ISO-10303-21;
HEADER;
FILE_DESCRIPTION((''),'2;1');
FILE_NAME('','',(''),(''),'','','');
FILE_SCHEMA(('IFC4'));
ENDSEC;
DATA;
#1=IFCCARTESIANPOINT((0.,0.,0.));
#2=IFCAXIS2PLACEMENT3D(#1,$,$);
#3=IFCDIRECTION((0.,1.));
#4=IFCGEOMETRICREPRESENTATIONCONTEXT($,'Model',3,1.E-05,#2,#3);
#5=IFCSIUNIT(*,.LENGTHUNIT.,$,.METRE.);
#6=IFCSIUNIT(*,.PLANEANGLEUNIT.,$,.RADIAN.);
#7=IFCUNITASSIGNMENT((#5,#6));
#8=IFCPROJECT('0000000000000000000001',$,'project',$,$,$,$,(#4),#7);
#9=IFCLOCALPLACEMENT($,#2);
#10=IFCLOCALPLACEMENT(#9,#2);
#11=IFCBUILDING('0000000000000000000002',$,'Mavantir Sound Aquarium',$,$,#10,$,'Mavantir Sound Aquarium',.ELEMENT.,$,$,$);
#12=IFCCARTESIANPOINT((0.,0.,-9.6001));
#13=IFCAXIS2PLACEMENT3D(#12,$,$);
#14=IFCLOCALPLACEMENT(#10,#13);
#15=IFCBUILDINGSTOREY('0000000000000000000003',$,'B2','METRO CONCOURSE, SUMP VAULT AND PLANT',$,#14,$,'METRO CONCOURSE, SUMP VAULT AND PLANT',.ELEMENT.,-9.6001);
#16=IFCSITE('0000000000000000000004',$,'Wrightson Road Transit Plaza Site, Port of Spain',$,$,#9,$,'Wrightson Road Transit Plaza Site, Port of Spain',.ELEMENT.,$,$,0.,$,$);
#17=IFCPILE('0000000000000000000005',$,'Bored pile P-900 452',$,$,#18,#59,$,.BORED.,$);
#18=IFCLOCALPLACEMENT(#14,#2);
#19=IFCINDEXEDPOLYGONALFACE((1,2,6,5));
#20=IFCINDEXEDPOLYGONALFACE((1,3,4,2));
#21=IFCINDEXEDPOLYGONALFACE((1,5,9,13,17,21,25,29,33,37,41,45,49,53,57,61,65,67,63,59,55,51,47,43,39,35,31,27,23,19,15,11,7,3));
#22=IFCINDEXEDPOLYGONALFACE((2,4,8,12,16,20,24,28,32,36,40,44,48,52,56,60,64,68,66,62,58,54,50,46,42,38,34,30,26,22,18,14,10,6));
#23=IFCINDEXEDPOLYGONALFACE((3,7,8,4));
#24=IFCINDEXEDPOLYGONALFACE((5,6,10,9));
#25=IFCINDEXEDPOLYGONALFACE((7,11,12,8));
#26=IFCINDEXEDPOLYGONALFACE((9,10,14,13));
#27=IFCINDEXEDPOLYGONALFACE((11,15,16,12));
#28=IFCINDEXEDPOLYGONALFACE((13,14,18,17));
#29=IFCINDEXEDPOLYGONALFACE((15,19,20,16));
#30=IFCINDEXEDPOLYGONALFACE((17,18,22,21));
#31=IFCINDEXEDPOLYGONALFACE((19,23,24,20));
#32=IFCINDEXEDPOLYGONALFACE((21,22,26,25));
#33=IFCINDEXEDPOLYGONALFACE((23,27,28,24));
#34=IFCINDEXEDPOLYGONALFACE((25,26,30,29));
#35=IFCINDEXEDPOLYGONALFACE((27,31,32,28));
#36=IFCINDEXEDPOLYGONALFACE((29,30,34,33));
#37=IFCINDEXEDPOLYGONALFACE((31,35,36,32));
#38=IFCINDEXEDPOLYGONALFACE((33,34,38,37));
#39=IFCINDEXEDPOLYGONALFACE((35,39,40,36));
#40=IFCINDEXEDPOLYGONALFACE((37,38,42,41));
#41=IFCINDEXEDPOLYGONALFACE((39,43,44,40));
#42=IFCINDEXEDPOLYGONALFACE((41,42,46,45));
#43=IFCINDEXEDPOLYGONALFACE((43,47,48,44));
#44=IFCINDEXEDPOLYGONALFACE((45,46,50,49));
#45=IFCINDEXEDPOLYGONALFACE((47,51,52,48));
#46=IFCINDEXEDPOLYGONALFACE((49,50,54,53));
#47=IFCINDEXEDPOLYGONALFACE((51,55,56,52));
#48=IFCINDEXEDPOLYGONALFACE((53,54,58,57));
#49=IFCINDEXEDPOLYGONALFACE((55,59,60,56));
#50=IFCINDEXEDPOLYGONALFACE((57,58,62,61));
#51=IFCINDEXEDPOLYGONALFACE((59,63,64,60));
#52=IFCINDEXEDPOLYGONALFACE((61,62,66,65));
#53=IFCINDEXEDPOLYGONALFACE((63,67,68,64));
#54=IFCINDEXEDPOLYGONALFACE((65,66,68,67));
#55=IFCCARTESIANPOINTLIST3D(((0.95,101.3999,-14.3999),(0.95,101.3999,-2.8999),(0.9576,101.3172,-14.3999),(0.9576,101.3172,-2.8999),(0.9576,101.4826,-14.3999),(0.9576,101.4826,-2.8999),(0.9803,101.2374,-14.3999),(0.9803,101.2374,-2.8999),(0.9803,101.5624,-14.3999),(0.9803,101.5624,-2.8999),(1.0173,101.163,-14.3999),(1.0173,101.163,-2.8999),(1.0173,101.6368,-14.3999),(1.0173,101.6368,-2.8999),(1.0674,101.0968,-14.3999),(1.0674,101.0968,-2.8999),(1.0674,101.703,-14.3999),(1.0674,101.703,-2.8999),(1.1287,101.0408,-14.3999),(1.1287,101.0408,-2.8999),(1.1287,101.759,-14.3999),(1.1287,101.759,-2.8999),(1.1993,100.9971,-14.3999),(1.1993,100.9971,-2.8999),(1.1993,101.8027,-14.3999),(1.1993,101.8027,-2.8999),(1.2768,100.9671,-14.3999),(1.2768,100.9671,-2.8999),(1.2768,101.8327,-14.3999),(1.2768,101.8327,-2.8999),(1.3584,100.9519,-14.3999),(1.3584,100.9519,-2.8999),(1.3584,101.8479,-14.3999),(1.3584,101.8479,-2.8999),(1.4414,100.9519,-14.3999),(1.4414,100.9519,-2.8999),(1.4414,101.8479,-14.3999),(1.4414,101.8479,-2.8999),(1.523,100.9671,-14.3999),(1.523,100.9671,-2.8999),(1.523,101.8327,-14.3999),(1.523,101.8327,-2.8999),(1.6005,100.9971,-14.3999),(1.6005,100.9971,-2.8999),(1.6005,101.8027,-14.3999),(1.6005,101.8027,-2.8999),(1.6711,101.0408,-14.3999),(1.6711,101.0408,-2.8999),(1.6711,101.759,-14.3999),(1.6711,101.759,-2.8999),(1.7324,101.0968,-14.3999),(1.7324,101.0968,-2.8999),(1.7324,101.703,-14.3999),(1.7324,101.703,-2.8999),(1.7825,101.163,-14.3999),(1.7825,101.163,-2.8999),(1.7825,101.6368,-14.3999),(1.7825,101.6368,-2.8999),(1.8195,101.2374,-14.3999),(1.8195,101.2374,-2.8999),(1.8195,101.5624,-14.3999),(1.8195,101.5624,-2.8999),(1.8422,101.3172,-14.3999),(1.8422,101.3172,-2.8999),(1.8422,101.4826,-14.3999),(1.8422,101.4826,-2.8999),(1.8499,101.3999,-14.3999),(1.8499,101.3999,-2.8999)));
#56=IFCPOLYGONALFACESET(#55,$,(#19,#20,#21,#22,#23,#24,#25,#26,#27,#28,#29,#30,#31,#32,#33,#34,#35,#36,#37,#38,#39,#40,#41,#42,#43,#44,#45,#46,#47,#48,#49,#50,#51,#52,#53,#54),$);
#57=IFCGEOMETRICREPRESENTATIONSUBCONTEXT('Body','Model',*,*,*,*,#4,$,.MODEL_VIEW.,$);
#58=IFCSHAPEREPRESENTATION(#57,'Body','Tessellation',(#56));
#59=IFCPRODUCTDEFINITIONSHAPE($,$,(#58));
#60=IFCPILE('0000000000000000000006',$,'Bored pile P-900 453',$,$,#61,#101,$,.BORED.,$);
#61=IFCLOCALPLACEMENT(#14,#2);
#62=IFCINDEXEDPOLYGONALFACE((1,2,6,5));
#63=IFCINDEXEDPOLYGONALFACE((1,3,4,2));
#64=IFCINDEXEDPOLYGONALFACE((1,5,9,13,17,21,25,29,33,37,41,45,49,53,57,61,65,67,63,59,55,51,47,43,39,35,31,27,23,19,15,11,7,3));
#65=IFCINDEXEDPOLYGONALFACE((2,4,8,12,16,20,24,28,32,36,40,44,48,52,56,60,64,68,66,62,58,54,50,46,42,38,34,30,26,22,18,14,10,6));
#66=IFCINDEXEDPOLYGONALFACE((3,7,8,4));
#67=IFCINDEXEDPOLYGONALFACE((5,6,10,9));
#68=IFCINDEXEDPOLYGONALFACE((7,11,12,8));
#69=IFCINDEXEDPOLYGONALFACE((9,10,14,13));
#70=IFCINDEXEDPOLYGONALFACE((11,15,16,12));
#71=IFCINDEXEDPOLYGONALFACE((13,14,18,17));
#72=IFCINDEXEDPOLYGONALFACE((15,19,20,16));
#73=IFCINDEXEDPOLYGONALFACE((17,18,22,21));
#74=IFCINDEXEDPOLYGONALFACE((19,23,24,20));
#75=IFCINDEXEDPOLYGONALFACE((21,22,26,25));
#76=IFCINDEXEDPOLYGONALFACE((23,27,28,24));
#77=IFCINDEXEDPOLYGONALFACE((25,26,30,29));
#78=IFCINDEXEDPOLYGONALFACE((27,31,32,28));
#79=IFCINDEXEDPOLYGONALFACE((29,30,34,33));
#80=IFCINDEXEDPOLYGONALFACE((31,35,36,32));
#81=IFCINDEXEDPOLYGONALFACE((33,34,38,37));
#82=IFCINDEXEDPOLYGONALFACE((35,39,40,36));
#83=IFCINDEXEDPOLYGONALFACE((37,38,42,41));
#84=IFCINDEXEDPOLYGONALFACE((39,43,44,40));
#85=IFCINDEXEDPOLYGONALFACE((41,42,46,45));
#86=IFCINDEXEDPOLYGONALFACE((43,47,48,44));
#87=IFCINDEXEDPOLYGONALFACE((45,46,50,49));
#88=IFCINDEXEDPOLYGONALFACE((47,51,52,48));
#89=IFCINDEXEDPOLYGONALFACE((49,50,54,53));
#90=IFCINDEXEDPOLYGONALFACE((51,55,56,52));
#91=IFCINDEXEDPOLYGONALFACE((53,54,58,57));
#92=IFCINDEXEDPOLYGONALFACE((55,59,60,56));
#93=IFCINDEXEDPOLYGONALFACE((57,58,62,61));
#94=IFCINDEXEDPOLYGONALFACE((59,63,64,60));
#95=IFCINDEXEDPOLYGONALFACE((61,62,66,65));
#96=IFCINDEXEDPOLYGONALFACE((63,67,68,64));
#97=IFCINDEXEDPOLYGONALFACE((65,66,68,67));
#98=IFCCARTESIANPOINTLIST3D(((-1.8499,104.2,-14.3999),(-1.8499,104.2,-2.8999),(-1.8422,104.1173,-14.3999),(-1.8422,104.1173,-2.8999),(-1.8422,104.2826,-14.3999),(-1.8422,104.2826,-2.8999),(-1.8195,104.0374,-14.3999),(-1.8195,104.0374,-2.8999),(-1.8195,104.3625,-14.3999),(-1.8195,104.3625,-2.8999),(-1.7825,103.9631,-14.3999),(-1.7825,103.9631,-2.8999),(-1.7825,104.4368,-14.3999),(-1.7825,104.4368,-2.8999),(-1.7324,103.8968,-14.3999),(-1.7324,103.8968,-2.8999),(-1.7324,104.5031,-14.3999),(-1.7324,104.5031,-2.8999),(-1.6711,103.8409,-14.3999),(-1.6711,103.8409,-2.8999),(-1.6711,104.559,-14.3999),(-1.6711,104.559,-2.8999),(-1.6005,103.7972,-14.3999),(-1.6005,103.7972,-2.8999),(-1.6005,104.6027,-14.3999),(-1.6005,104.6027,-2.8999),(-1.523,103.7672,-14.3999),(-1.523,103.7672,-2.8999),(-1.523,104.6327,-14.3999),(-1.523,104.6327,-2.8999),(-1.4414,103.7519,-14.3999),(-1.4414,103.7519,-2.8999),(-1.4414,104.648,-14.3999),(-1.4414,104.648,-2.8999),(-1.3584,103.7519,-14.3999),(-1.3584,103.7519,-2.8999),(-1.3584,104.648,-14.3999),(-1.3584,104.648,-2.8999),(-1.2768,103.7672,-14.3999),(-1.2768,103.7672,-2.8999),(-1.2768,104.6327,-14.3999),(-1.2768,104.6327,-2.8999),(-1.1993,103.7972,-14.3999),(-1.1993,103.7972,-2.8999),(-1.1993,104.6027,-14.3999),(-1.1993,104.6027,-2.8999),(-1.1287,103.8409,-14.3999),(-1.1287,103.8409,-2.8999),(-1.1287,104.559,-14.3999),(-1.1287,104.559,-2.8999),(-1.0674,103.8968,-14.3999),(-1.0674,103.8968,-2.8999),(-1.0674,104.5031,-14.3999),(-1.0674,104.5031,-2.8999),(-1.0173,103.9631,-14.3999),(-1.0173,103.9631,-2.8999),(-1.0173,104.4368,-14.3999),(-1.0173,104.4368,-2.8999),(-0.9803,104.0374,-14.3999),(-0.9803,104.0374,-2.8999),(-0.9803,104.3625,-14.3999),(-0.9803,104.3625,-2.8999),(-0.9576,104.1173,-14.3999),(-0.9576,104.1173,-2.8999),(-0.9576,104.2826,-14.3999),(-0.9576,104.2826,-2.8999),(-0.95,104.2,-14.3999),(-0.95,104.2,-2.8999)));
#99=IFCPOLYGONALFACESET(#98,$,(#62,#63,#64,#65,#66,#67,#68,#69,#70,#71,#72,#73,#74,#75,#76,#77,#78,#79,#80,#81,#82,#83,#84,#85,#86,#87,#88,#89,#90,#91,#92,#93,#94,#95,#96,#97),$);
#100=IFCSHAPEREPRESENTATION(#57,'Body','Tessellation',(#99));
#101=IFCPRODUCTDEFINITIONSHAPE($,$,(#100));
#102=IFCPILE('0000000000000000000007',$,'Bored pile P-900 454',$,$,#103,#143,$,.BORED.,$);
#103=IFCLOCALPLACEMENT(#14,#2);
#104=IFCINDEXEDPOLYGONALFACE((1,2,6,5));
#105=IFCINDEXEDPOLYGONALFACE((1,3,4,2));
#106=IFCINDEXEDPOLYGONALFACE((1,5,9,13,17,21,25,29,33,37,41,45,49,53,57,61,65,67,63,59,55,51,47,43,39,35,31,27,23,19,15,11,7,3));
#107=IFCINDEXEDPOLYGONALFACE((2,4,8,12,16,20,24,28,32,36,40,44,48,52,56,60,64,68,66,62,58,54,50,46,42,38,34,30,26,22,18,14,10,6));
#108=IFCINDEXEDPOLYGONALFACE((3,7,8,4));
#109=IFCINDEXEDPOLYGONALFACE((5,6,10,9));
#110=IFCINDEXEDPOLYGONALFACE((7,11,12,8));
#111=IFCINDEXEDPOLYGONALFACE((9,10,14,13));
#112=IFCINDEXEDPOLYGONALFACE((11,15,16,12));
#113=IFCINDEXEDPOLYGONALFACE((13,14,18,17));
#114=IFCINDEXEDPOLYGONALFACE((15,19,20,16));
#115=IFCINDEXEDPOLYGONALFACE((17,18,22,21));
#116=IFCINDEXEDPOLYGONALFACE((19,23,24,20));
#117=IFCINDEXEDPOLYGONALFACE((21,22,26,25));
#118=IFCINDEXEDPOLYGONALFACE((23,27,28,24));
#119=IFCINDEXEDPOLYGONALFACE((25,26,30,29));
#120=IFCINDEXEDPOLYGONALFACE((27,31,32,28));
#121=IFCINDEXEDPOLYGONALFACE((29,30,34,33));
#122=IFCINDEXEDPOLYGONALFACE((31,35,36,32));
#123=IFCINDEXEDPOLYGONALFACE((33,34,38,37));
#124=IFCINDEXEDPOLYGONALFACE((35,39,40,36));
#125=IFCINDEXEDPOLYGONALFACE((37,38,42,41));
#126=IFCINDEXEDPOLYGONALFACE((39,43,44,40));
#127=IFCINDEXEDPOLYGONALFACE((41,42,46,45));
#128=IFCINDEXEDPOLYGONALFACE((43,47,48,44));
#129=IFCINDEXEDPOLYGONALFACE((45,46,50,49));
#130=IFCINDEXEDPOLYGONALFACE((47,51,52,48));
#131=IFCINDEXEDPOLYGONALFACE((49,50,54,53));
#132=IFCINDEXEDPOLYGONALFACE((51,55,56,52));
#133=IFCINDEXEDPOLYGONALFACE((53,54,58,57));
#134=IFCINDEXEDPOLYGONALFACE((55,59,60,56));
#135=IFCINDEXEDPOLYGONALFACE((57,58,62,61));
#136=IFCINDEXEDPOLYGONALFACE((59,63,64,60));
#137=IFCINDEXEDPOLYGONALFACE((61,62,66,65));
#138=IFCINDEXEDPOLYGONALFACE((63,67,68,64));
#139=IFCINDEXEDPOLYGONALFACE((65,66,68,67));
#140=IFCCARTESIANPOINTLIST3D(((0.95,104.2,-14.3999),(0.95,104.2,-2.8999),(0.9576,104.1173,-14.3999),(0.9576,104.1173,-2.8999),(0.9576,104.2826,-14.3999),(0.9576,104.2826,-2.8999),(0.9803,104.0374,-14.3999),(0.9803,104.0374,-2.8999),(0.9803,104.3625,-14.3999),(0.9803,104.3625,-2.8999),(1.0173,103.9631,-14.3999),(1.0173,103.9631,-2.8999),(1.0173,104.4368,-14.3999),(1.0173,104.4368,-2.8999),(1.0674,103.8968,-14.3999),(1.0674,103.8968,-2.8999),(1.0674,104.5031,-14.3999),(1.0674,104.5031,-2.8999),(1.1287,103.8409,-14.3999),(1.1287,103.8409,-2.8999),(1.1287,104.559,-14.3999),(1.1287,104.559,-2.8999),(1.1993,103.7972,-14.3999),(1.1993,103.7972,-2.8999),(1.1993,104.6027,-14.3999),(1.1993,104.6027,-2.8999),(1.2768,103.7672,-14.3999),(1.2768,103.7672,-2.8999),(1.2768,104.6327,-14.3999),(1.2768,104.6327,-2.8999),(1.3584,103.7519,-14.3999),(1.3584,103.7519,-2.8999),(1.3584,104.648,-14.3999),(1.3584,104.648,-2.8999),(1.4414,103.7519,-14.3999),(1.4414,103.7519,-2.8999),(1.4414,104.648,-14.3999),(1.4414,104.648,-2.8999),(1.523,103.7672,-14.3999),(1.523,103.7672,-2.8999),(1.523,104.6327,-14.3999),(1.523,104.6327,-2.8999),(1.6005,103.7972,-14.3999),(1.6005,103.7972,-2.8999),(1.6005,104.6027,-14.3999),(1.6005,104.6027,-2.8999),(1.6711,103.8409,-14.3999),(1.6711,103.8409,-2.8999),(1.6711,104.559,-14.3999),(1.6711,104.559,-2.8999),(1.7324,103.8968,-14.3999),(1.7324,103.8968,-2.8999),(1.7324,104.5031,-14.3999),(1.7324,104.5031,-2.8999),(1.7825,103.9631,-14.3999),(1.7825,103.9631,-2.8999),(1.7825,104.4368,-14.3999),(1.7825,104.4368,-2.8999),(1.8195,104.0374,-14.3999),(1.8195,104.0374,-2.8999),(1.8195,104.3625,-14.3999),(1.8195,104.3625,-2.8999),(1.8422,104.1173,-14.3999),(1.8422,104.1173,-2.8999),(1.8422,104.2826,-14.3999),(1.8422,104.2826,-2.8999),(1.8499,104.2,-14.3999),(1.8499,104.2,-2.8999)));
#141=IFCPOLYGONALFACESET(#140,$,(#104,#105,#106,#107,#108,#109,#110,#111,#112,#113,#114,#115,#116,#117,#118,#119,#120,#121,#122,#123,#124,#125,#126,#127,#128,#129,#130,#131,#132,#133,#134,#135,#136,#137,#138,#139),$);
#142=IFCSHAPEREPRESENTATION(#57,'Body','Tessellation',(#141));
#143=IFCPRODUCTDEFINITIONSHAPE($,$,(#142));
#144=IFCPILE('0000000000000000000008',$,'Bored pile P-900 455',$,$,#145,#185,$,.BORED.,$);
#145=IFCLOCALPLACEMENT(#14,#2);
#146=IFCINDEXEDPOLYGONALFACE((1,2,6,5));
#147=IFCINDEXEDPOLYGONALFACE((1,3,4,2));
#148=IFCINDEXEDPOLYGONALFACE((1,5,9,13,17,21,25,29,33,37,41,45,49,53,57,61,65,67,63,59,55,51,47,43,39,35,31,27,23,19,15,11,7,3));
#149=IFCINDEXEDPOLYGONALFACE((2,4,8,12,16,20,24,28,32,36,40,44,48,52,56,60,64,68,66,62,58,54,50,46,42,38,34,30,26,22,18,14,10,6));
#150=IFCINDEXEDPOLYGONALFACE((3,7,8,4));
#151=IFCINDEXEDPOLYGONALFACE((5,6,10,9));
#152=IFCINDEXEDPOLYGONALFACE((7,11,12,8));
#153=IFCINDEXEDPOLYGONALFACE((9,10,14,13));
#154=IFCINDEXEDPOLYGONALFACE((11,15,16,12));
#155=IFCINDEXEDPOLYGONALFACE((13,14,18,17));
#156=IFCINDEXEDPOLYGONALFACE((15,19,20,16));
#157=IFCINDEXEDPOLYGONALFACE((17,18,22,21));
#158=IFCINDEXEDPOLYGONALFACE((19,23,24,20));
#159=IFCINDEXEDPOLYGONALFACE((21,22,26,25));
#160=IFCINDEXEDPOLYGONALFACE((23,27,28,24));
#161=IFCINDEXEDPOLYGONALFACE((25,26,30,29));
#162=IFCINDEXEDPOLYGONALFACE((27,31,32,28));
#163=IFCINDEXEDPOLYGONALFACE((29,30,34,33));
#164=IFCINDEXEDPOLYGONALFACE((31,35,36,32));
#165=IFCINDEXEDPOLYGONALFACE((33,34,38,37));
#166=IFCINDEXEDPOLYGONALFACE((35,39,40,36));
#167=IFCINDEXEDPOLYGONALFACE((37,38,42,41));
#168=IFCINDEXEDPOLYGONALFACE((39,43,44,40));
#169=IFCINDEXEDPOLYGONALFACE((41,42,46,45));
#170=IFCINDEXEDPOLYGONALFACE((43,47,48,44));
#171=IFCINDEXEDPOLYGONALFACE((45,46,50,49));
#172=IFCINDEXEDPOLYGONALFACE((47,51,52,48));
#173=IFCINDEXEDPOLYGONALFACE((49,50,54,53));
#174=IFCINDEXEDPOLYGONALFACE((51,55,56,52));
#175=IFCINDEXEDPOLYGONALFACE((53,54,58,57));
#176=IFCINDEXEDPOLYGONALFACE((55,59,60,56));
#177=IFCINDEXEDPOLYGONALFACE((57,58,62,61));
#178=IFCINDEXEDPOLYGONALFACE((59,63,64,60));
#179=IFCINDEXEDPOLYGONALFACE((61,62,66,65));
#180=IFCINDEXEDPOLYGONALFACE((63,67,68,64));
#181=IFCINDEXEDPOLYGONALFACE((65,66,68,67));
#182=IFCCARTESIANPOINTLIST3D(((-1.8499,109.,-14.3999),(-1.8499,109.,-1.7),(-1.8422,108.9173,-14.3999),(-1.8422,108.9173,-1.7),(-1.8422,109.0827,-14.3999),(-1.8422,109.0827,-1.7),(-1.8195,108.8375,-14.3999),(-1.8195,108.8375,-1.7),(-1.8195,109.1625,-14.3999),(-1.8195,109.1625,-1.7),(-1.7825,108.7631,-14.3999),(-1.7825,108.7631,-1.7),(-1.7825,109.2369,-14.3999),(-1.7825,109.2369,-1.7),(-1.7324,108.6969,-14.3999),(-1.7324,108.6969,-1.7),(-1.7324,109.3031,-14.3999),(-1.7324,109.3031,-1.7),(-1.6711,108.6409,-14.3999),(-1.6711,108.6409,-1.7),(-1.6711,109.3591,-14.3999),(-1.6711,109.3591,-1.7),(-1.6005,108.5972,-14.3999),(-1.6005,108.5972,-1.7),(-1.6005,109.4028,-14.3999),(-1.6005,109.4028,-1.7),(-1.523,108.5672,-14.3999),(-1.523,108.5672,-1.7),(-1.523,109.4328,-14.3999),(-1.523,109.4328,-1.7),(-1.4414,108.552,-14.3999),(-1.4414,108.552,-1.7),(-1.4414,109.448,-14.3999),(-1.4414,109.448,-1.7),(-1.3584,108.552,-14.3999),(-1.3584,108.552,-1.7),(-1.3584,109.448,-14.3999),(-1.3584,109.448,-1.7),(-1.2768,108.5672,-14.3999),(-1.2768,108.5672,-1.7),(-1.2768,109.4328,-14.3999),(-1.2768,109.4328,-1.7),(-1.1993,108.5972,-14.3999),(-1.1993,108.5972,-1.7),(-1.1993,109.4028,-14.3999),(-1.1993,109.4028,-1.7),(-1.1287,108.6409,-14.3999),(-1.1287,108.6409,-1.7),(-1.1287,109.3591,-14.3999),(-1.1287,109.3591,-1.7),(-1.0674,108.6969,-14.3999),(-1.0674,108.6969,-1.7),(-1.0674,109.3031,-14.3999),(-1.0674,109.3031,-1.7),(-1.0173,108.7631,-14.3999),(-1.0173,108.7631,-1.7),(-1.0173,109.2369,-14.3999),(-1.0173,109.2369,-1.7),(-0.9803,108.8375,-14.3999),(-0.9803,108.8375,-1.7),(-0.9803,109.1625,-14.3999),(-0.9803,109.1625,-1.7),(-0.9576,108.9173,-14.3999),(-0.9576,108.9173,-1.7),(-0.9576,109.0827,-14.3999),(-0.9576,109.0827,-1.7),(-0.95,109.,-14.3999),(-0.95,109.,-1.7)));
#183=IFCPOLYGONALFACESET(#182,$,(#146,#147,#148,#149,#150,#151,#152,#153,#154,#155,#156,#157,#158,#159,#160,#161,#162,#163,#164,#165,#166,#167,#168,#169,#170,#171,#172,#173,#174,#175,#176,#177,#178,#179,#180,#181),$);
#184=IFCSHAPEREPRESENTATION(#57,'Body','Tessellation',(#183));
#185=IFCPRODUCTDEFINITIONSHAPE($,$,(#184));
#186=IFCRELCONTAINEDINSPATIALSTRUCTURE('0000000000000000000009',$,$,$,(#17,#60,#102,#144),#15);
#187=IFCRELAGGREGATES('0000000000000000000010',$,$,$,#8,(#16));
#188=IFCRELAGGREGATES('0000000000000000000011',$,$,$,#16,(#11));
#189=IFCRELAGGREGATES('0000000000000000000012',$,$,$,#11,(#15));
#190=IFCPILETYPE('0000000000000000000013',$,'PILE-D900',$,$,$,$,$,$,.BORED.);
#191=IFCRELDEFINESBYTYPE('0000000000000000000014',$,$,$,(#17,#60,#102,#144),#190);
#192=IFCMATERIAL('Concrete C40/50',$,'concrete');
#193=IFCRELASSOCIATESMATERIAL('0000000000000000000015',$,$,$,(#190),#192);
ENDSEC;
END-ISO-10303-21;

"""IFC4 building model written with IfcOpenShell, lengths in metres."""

from ifc_helpers import new_model, si_unit, direction, frame, origin, origin_2d, place, context, subcontext, project, spatial, circle, extrude, material, material_profile, profile_set, type_object, element, save


model = new_model("IFC4")

# Units and contexts
model_context = context("Model", 3, precision=1e-05, world=origin(), true_north=direction((0.0, 1.0)))
body_context = subcontext(model_context, "Body", "Model", "MODEL_VIEW")
ifc_project = project(units=[si_unit("LENGTHUNIT", "METRE"), si_unit("PLANEANGLEUNIT", "RADIAN")], contexts=[model_context])

# Site, building, storey
site_placement = place(None, origin())
site = spatial("IfcSite", under=ifc_project, at=site_placement, Name="Wrightson Road Transit Plaza Site, Port of Spain", LongName="Wrightson Road Transit Plaza Site, Port of Spain", CompositionType="ELEMENT", RefElevation=0.0)
building_placement = place(site_placement, origin())
building = spatial("IfcBuilding", under=site, at=building_placement, Name="Mavantir Sound Aquarium", LongName="Mavantir Sound Aquarium", CompositionType="ELEMENT")
storey_placement = place(building_placement, frame((0.0, 0.0, -9.6001)))
storey = spatial("IfcBuildingStorey", under=building, at=storey_placement, Name="B2", Description="METRO CONCOURSE, SUMP VAULT AND PLANT", LongName="METRO CONCOURSE, SUMP VAULT AND PLANT", CompositionType="ELEMENT", Elevation=-9.6001)

# Shared definitions
ifc_material_1 = material(Name="Concrete C40/50", Category="concrete")

# Piles
ifc_material_profile_1 = material_profile(ifc_material_1, circle(Radius=0.45, at=origin_2d()), Name="PILE D900")
ifc_profile_set_1 = profile_set([ifc_material_profile_1], Name="Concrete C40/50")
pile_type = type_object("IfcPileType", Name="PILE-D900", PredefinedType="BORED", material=ifc_profile_set_1)
for number, where, z_axis, x_axis, name in (
    (1, (1.3999, 101.3999, -2.8999), (0.0, 0.0, -1.0), (1.0, 0.0, 0.0), "Bored pile P-900 452"),
    (2, (-1.3999, 104.2, -2.8999), (0.0, 0.0, -1.0), (1.0, 0.0, 0.0), "Bored pile P-900 453"),
    (3, (1.3999, 104.2, -2.8999), (0.0, 0.0, -1.0), (1.0, 0.0, 0.0), "Bored pile P-900 454"),
):
    element("IfcPile", number, at=place(storey_placement, frame(where, z_axis=z_axis, x_axis=x_axis)), inside=storey, type_object=pile_type, Name=name, PredefinedType="BORED", context=body_context, shape_type="SweptSolid", body=[
        extrude(circle(Radius=0.45, at=origin_2d()), origin(), (0.0, 0.0, 1.0), 11.5),
    ])
for number, where, z_axis, x_axis, name in (
    (4, (-1.3999, 109.0, -1.7), (0.0, 0.0, -1.0), (1.0, 0.0, 0.0), "Bored pile P-900 455"),
):
    element("IfcPile", number, at=place(storey_placement, frame(where, z_axis=z_axis, x_axis=x_axis)), inside=storey, type_object=pile_type, Name=name, PredefinedType="BORED", context=body_context, shape_type="SweptSolid", body=[
        extrude(circle(Radius=0.45, at=origin_2d()), origin(), (0.0, 0.0, 1.0), 12.7),
    ])

save(model, "model.ifc")
